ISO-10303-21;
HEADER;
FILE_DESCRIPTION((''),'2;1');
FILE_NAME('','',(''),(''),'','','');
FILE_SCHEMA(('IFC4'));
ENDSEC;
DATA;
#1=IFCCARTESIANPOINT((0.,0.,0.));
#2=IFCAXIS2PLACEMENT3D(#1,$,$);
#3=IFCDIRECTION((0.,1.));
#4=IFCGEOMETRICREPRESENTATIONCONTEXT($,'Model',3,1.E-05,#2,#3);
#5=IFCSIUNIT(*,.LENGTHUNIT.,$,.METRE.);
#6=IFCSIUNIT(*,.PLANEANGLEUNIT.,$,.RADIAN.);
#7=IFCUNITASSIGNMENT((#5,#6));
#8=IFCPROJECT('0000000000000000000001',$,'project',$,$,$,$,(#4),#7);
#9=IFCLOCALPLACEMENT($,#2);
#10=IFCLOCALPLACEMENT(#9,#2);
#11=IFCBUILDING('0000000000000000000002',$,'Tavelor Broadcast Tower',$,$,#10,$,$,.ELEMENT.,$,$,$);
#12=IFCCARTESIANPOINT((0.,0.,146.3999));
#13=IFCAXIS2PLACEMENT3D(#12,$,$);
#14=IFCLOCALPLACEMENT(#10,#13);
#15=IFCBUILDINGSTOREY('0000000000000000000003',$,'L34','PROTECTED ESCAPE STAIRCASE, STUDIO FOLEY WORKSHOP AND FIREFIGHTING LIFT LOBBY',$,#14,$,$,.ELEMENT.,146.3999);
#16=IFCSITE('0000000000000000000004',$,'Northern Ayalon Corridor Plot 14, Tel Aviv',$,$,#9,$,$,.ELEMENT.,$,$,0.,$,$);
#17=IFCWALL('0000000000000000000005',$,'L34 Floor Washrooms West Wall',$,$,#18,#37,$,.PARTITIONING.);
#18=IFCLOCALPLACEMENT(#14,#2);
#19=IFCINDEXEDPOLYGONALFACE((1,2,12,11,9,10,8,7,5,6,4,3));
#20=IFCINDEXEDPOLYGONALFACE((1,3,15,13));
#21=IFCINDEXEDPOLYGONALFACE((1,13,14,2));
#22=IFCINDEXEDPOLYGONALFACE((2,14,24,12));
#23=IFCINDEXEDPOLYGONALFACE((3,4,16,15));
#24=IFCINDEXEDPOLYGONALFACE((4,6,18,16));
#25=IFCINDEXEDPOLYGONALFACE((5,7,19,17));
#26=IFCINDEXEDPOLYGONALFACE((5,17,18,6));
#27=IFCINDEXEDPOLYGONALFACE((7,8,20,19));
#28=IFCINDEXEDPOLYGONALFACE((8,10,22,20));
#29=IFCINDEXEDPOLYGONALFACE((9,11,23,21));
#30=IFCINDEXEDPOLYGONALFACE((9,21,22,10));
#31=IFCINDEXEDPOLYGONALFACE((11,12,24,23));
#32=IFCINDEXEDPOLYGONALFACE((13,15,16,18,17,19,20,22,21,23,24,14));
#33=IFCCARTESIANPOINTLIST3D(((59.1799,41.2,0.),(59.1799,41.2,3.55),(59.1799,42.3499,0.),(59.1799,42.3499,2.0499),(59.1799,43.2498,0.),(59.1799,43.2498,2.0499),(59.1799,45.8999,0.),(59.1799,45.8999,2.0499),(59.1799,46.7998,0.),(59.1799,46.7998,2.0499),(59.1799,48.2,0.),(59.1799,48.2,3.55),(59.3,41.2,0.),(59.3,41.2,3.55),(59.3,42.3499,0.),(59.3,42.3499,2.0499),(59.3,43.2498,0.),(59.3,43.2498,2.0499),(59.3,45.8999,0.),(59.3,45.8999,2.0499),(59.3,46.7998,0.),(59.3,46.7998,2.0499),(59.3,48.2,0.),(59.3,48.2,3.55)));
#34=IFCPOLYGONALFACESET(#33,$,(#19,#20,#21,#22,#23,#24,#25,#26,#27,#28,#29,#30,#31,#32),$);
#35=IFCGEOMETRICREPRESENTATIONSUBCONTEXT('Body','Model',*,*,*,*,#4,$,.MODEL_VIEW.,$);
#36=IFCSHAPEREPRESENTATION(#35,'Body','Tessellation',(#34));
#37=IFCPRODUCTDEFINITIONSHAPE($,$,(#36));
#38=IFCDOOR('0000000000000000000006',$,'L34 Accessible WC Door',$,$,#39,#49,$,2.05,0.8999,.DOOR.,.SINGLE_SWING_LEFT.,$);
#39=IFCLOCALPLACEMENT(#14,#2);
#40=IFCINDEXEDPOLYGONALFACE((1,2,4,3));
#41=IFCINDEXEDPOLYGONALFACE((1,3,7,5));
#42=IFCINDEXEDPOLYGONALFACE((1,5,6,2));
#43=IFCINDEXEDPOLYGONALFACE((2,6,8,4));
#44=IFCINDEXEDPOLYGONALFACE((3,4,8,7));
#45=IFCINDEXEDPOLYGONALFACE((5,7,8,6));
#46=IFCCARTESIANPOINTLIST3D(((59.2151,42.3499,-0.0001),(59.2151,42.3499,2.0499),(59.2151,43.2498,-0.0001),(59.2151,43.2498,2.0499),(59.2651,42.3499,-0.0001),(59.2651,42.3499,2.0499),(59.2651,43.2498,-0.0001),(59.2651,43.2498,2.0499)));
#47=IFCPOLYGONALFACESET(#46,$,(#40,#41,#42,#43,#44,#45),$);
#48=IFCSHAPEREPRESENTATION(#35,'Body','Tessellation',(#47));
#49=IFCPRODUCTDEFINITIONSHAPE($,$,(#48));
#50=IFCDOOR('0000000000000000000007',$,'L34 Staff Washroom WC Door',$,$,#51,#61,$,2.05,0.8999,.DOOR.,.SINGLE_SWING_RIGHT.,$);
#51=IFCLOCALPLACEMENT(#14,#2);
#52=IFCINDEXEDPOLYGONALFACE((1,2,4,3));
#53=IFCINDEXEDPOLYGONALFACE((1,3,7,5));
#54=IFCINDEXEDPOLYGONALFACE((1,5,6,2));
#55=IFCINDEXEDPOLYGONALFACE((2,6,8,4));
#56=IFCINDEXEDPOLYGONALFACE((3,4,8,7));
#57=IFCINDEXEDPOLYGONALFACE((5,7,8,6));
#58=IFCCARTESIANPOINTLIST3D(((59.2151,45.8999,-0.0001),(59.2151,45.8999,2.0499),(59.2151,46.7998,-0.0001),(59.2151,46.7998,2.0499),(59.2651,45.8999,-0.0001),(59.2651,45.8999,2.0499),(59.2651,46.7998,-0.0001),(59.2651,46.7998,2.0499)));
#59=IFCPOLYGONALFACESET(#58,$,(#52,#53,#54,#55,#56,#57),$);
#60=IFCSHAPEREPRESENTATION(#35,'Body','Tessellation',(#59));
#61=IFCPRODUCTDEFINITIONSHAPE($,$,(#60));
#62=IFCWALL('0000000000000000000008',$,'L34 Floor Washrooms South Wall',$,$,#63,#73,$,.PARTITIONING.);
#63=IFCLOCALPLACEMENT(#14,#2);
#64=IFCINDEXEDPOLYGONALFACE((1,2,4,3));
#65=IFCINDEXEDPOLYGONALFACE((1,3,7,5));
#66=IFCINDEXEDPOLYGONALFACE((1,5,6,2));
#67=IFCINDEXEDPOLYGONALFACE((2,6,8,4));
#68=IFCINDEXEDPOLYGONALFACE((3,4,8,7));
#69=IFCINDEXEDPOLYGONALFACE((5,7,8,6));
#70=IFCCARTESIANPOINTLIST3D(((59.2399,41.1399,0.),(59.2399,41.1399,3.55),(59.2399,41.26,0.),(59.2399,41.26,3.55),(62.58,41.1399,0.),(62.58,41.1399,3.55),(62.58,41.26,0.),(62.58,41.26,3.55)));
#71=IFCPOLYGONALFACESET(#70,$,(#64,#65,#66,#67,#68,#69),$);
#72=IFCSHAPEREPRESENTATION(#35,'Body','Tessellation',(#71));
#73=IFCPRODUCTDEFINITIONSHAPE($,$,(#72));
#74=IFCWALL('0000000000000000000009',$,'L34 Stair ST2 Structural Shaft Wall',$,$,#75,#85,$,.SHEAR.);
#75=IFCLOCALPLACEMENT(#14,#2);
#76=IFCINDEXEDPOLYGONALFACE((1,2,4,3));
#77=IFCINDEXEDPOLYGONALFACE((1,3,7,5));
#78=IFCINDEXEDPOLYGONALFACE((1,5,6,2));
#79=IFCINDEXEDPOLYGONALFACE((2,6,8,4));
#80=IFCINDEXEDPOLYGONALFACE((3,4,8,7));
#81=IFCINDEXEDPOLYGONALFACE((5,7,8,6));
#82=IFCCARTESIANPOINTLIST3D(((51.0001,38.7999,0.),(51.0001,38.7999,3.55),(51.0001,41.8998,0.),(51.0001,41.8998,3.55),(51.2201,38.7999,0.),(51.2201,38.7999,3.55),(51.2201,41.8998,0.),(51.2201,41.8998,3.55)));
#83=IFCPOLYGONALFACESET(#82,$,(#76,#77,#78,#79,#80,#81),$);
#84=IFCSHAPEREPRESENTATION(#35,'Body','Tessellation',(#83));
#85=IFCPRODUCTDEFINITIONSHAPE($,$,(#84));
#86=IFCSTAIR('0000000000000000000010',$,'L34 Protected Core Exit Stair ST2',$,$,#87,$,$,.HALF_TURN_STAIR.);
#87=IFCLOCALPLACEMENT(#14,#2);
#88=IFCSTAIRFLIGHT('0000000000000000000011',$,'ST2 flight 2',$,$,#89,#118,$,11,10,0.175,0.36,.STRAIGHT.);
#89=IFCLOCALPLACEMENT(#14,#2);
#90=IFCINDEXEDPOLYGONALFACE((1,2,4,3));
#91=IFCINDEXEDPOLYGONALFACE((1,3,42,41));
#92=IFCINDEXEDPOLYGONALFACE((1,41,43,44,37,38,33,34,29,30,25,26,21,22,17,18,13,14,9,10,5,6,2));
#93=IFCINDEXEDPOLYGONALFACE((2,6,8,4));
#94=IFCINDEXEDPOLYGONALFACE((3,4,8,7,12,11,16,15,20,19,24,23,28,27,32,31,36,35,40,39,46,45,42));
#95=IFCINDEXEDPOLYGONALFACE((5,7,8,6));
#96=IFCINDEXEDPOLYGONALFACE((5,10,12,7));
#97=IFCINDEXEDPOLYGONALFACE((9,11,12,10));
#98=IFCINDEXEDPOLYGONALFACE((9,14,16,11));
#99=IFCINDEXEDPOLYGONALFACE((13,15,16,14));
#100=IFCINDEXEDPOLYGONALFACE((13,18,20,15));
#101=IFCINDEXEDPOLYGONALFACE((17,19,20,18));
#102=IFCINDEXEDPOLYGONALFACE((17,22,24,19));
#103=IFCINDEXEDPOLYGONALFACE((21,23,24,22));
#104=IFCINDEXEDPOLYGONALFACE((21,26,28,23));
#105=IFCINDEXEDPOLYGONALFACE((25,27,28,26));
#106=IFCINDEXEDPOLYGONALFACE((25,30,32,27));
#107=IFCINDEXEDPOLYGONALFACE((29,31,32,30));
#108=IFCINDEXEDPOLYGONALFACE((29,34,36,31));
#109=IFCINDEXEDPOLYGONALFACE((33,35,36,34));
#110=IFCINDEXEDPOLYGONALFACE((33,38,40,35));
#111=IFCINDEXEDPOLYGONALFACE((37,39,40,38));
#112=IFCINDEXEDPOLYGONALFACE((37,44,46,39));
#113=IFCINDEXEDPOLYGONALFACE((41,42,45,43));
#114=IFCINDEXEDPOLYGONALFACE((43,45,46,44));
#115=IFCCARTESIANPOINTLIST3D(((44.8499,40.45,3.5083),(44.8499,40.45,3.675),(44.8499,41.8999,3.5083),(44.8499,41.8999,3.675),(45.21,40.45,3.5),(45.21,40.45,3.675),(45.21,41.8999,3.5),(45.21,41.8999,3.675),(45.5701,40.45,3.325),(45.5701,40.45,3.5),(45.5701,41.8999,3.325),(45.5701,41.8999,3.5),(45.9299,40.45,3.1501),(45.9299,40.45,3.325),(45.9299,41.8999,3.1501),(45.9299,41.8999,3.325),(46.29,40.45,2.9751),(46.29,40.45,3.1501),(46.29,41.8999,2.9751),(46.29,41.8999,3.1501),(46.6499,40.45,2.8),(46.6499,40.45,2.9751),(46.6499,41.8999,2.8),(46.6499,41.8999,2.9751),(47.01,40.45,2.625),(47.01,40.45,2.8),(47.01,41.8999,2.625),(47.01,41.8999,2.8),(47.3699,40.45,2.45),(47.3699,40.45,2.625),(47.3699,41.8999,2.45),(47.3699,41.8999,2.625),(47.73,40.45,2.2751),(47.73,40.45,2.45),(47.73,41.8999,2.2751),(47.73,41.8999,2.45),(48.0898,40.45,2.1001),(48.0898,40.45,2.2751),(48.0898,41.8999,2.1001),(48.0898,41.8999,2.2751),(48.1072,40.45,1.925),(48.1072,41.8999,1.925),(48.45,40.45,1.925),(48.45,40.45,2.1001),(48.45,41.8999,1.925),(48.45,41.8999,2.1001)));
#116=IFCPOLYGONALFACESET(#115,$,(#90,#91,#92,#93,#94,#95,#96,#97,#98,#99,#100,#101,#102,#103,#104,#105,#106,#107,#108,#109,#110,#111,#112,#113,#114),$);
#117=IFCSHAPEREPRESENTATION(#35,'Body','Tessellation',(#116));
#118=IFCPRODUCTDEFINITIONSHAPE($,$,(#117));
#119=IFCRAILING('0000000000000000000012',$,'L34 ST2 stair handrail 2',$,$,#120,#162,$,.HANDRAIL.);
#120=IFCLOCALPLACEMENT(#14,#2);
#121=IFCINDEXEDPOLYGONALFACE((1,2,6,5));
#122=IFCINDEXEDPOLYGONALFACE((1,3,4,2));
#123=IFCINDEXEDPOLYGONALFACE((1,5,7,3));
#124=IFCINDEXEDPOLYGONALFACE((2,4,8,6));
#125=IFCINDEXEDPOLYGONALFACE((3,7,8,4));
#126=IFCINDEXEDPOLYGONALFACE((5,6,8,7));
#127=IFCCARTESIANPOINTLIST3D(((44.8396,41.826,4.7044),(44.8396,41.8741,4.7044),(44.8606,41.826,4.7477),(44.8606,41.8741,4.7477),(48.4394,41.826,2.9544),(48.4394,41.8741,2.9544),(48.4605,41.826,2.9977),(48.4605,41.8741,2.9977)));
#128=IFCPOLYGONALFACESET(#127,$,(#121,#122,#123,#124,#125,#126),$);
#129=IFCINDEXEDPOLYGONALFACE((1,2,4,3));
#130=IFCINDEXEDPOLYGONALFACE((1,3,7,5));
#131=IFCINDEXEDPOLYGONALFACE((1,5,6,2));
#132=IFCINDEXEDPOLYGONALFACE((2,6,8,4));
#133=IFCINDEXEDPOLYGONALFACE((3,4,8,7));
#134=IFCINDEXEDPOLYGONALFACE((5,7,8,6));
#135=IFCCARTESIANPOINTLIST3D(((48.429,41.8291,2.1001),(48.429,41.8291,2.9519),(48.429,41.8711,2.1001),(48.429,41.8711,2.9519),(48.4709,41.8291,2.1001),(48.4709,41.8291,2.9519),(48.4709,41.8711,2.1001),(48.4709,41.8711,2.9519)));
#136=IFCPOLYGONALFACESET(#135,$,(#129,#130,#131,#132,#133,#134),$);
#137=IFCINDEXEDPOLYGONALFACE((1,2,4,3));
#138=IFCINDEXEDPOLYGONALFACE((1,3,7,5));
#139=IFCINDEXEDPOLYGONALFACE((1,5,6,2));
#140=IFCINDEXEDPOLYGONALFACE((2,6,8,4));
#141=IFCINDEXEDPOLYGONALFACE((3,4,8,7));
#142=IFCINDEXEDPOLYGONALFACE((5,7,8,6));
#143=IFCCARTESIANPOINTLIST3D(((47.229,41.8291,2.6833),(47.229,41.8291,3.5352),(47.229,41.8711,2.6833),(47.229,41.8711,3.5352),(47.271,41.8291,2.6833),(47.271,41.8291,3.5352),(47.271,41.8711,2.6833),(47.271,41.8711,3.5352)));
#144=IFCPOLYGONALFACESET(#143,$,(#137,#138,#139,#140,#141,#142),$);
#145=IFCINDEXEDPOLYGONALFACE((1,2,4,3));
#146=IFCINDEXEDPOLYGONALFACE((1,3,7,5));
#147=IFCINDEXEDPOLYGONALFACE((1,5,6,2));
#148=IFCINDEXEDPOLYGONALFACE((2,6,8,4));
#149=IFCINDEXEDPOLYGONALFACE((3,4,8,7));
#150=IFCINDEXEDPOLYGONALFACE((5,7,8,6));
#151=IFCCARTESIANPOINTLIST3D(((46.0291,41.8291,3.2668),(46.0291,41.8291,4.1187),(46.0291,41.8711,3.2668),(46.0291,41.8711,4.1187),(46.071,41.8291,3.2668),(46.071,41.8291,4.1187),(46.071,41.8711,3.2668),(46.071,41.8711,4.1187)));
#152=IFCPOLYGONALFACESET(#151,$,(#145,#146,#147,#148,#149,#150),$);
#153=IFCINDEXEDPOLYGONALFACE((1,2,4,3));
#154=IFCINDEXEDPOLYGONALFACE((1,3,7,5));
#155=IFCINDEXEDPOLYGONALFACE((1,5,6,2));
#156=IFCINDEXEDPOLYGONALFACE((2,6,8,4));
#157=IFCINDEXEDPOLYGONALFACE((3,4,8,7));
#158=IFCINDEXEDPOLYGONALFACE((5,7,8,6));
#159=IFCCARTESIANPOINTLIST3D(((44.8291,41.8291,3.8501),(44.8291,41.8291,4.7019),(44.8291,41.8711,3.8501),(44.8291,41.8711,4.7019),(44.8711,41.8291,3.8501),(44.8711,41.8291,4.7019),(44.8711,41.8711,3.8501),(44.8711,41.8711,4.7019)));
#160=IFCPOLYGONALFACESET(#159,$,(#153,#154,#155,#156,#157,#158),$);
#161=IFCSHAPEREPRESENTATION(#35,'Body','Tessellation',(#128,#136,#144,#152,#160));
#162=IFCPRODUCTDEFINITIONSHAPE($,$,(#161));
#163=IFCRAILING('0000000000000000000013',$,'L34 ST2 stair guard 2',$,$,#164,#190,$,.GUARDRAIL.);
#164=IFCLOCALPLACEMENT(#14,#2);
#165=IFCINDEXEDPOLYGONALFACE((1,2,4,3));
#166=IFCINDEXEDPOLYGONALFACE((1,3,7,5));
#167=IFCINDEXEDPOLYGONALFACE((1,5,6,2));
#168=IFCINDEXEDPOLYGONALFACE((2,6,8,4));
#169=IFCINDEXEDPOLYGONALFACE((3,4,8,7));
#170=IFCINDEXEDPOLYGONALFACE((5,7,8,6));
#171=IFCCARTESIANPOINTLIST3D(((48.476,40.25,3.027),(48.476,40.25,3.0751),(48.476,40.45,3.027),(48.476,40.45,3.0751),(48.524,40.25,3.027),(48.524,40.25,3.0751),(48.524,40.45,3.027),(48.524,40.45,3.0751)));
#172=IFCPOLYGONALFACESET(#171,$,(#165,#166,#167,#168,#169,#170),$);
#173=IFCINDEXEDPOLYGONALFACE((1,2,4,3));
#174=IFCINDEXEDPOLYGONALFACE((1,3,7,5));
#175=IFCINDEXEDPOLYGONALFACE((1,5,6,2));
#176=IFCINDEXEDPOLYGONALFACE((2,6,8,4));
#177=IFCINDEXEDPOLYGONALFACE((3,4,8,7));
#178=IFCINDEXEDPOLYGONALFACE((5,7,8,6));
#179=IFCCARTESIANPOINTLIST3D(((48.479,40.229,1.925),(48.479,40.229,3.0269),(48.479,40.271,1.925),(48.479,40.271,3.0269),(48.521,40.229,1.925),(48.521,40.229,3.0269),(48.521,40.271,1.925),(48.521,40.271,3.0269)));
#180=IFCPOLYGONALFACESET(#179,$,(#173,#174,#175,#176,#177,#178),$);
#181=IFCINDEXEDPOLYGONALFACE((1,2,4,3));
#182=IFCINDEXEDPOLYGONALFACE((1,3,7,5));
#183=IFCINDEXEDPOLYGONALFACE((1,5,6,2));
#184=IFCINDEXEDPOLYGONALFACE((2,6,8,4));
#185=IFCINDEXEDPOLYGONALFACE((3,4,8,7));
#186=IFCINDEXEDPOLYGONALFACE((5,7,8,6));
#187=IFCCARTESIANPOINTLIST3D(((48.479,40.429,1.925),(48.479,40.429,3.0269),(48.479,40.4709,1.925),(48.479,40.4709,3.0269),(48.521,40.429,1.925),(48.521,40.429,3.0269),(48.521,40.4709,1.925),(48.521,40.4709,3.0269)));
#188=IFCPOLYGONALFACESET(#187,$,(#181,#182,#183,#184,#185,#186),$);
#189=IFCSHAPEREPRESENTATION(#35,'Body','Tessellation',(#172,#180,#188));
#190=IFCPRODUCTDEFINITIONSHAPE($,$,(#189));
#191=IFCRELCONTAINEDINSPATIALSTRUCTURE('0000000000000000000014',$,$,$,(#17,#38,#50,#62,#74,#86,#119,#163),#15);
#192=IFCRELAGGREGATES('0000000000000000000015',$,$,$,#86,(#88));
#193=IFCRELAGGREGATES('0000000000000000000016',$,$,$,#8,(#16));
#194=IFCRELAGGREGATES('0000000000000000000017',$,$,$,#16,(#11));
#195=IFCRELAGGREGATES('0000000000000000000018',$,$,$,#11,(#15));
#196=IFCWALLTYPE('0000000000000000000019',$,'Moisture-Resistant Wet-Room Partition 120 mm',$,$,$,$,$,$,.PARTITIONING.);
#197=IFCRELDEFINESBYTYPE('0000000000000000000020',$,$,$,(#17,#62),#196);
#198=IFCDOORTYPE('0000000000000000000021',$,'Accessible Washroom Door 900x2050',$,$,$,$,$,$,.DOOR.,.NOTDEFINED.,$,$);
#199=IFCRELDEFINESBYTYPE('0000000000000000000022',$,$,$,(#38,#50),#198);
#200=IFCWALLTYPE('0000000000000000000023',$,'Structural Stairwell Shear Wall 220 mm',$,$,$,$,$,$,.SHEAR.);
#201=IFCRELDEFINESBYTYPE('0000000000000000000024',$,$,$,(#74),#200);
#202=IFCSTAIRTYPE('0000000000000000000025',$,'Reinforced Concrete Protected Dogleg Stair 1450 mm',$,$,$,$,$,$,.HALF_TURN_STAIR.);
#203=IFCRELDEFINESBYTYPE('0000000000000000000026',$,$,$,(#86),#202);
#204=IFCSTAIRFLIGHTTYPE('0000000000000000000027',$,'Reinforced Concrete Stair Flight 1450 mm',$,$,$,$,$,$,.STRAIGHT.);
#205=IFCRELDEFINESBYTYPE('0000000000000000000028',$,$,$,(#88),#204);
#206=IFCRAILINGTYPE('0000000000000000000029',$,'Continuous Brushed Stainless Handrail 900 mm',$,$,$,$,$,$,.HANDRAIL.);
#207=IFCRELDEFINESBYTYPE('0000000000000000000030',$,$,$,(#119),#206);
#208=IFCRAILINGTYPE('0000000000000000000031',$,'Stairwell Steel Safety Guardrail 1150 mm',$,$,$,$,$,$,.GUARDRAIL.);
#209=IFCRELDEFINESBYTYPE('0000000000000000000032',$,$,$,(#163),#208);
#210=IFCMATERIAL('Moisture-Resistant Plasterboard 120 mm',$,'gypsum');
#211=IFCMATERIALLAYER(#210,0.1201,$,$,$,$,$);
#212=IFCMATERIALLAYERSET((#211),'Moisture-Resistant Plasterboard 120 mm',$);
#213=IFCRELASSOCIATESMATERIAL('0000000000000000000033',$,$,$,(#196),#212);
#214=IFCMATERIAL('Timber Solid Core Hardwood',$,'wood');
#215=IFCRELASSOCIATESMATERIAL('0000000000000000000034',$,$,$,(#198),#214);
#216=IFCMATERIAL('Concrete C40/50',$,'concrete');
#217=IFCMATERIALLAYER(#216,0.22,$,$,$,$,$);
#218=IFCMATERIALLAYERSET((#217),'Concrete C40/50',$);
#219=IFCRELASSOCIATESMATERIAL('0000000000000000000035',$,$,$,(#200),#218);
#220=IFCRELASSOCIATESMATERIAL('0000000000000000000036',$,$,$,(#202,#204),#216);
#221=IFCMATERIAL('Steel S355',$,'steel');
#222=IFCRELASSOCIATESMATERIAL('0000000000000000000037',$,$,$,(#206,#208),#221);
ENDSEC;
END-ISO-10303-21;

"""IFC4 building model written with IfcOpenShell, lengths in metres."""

from ifc_helpers import new_model, si_unit, direction, frame, frame_2d, origin, origin_2d, place, context, subcontext, project, spatial, polyline, rectangle, outline, extrude, material, layer, layer_set, type_object, element, fill, aggregate, save


model = new_model("IFC4")

# Units and contexts
model_context = context("Model", 3, precision=1e-05, world=origin(), true_north=direction((0.0, 1.0)))
body_context = subcontext(model_context, "Body", "Model", "MODEL_VIEW")
ifc_project = project(units=[si_unit("LENGTHUNIT", "METRE"), si_unit("PLANEANGLEUNIT", "RADIAN")], contexts=[model_context])

# Site, building, storey
site_placement = place(None, origin())
site = spatial("IfcSite", under=ifc_project, at=site_placement, Name="Northern Ayalon Corridor Plot 14, Tel Aviv", CompositionType="ELEMENT", RefElevation=0.0)
building_placement = place(site_placement, origin())
building = spatial("IfcBuilding", under=site, at=building_placement, Name="Tavelor Broadcast Tower", CompositionType="ELEMENT")
storey_placement = place(building_placement, frame((0.0, 0.0, 146.3999)))
storey = spatial("IfcBuildingStorey", under=building, at=storey_placement, Name="L34", Description="PROTECTED ESCAPE STAIRCASE, STUDIO FOLEY WORKSHOP AND FIREFIGHTING LIFT LOBBY", CompositionType="ELEMENT", Elevation=146.3999)

# Shared definitions
ifc_material_1 = material(Name="Concrete C40/50", Category="concrete")
ifc_material_2 = material(Name="Steel S355", Category="steel")

# Shared definitions
ifc_material_3 = material(Name="Timber Solid Core Hardwood", Category="wood")

# Wall, openings, doors
ifc_material_4 = material(Name="Moisture-Resistant Plasterboard 120 mm", Category="gypsum")
ifc_layer_1 = layer(ifc_material_4, 0.1201)
ifc_layer_set_1 = layer_set([ifc_layer_1], Name="Moisture-Resistant Plasterboard 120 mm")
wall_type_1 = type_object("IfcWallType", Name="Moisture-Resistant Wet-Room Partition 120 mm", PredefinedType="PARTITIONING", material=ifc_layer_set_1)
wall_1_placement = place(storey_placement, frame((59.24, 41.2, 0.0), z_axis=(0.0, 0.0, 1.0), x_axis=(0.0, 1.0, 0.0)))
wall_1 = element("IfcWall", 1, at=wall_1_placement, inside=storey, type_object=wall_type_1, Name="L34 Floor Washrooms West Wall", PredefinedType="PARTITIONING", context=body_context, shape_type="SweptSolid", body=[
    extrude(rectangle(XDim=7.0, YDim=0.1201, at=frame_2d((3.5, 0.0))), origin(), (0.0, 0.0, 1.0), 3.55),
])
opening_1_placement = place(wall_1_placement, frame((1.1499, 0.0, 0.0)))
opening_1 = element("IfcOpeningElement", 2, at=opening_1_placement, cuts=wall_1, PredefinedType="OPENING", context=body_context, shape_type="SweptSolid", body=[
    extrude(rectangle(XDim=0.8999, YDim=2.05, at=frame_2d((0.45, 1.0249))), frame((0.0, 0.0701, 0.0), z_axis=(0.0, -1.0, 0.0), x_axis=(1.0, 0.0, 0.0)), (0.0, 0.0, 1.0), 0.1401),
])
opening_2_placement = place(wall_1_placement, frame((4.7, 0.0, 0.0)))
opening_2 = element("IfcOpeningElement", 3, at=opening_2_placement, cuts=wall_1, PredefinedType="OPENING", context=body_context, shape_type="SweptSolid", body=[
    extrude(rectangle(XDim=0.8999, YDim=2.05, at=frame_2d((0.45, 1.0249))), frame((0.0, 0.0701, 0.0), z_axis=(0.0, -1.0, 0.0), x_axis=(1.0, 0.0, 0.0)), (0.0, 0.0, 1.0), 0.1401),
])
door_type_1 = type_object("IfcDoorType", Name="Accessible Washroom Door 900x2050", OperationType="NOTDEFINED", PredefinedType="DOOR", material=ifc_material_3)
door_1_placement = place(opening_1_placement, origin())
door_1 = element("IfcDoor", 4, at=door_1_placement, inside=storey, type_object=door_type_1, Name="L34 Accessible WC Door", OperationType="SINGLE_SWING_LEFT", OverallHeight=2.05, OverallWidth=0.8999, PredefinedType="DOOR", context=body_context, shape_type="SweptSolid", body=[
    extrude(rectangle(XDim=0.8999, YDim=2.05, at=frame_2d((0.45, 1.0249))), frame((0.0, 0.0249, 0.0), z_axis=(0.0, -1.0, 0.0), x_axis=(1.0, 0.0, 0.0)), (0.0, 0.0, 1.0), 0.05),
])
fill(opening_1, door_1)
door_2_placement = place(opening_2_placement, origin())
door_2 = element("IfcDoor", 5, at=door_2_placement, inside=storey, type_object=door_type_1, Name="L34 Staff Washroom WC Door", OperationType="SINGLE_SWING_RIGHT", OverallHeight=2.05, OverallWidth=0.8999, PredefinedType="DOOR", context=body_context, shape_type="SweptSolid", body=[
    extrude(rectangle(XDim=0.8999, YDim=2.05, at=frame_2d((0.45, 1.0249))), frame((0.0, 0.0249, 0.0), z_axis=(0.0, -1.0, 0.0), x_axis=(1.0, 0.0, 0.0)), (0.0, 0.0, 1.0), 0.05),
])
fill(opening_2, door_2)

# Walls
wall_2_placement = place(storey_placement, frame((59.24, 41.2, 0.0), z_axis=(0.0, 0.0, 1.0), x_axis=(1.0, 0.0, 0.0)))
element("IfcWall", 6, at=wall_2_placement, inside=storey, type_object=wall_type_1, Name="L34 Floor Washrooms South Wall", PredefinedType="PARTITIONING", context=body_context, shape_type="SweptSolid", body=[
    extrude(rectangle(XDim=3.3401, YDim=0.1201, at=frame_2d((1.6699, 0.0))), origin(), (0.0, 0.0, 1.0), 3.55),
])
ifc_layer_2 = layer(ifc_material_1, 0.22)
ifc_layer_set_2 = layer_set([ifc_layer_2], Name="Concrete C40/50")
wall_type_2 = type_object("IfcWallType", Name="Structural Stairwell Shear Wall 220 mm", PredefinedType="SHEAR", material=ifc_layer_set_2)
wall_3_placement = place(storey_placement, frame((51.1101, 38.8, 0.0), z_axis=(0.0, 0.0, 1.0), x_axis=(0.0, 1.0, 0.0)))
element("IfcWall", 7, at=wall_3_placement, inside=storey, type_object=wall_type_2, Name="L34 Stair ST2 Structural Shaft Wall", PredefinedType="SHEAR", context=body_context, shape_type="SweptSolid", body=[
    extrude(rectangle(XDim=3.0999, YDim=0.22, at=frame_2d((1.5498, 0.0))), origin(), (0.0, 0.0, 1.0), 3.55),
])

# Stair, stair flight
stair_type = type_object("IfcStairType", Name="Reinforced Concrete Protected Dogleg Stair 1450 mm", PredefinedType="HALF_TURN_STAIR", material=ifc_material_1)
stair_placement = place(storey_placement, origin())
stair = element("IfcStair", 8, at=stair_placement, inside=storey, type_object=stair_type, Name="L34 Protected Core Exit Stair ST2", PredefinedType="HALF_TURN_STAIR")
stair_flight_type = type_object("IfcStairFlightType", Name="Reinforced Concrete Stair Flight 1450 mm", PredefinedType="STRAIGHT", material=ifc_material_1)
stair_flight_placement = place(storey_placement, frame((48.45, 41.175, 1.925), z_axis=(0.0, 0.0, 1.0), x_axis=(-1.0, 0.0, 0.0)))
stair_flight = element("IfcStairFlight", 9, at=stair_flight_placement, type_object=stair_flight_type, Name="ST2 flight 2", NumberOfRisers=11, NumberOfTreads=10, PredefinedType="STRAIGHT", RiserHeight=0.175, TreadLength=0.36, context=body_context, shape_type="SweptSolid", body=[
    extrude(outline(polyline([(0.0, 0.0), (0.0, 0.175), (0.3601, 0.175), (0.3601, 0.3501), (0.72, 0.3501), (0.72, 0.5249), (1.0801, 0.5249), (1.0801, 0.7), (1.4399, 0.7), (1.4399, 0.875), (1.8, 0.875), (1.8, 1.05), (2.1599, 1.05), (2.1599, 1.2251), (2.52, 1.2251), (2.52, 1.3999), (2.8799, 1.3999), (2.8799, 1.575), (3.24, 1.575), (3.24, 1.75), (3.6001, 1.75), (3.6001, 1.925), (3.6001, 1.5833), (0.3428, 0.0), (0.0, 0.0)])), frame((0.0, 0.7251, 0.0), z_axis=(0.0, -1.0, 0.0), x_axis=(1.0, 0.0, 0.0)), (0.0, 0.0, 1.0), 1.45),
])
aggregate(stair, [stair_flight])

# Railings
railing_type_1 = type_object("IfcRailingType", Name="Continuous Brushed Stainless Handrail 900 mm", PredefinedType="HANDRAIL", material=ifc_material_2)
railing_1_placement = place(storey_placement, frame((48.45, 41.8501, 2.1001)))
element("IfcRailing", 10, at=railing_1_placement, inside=storey, type_object=railing_type_1, Name="L34 ST2 stair handrail 2", PredefinedType="HANDRAIL", context=body_context, shape_type="SweptSolid", body=[
    extrude(rectangle(XDim=0.0481, YDim=0.0481, at=origin_2d()), frame((0.0, 0.0, 0.876), z_axis=(-0.899361, 0.0, 0.437207), x_axis=(0.0, -1.0, 0.0)), (0.0, 0.0, 1.0), 4.0027),
    extrude(rectangle(XDim=0.042, YDim=0.042, at=origin_2d()), origin(), (0.0, 0.0, 1.0), 0.8518),
    extrude(rectangle(XDim=0.042, YDim=0.042, at=origin_2d()), frame((-1.2, 0.0, 0.5833)), (0.0, 0.0, 1.0), 0.8518),
    extrude(rectangle(XDim=0.042, YDim=0.042, at=origin_2d()), frame((-2.3999, 0.0, 1.1667)), (0.0, 0.0, 1.0), 0.8518),
    extrude(rectangle(XDim=0.042, YDim=0.042, at=origin_2d()), frame((-3.5999, 0.0, 1.75)), (0.0, 0.0, 1.0), 0.8518),
])
railing_type_2 = type_object("IfcRailingType", Name="Stairwell Steel Safety Guardrail 1150 mm", PredefinedType="GUARDRAIL", material=ifc_material_2)
railing_2_placement = place(storey_placement, frame((48.5, 40.25, 1.925)))
element("IfcRailing", 11, at=railing_2_placement, inside=storey, type_object=railing_type_2, Name="L34 ST2 stair guard 2", PredefinedType="GUARDRAIL", context=body_context, shape_type="SweptSolid", body=[
    extrude(rectangle(XDim=0.0481, YDim=0.0481, at=origin_2d()), frame((0.0, 0.0, 1.126), z_axis=(0.0, 1.0, 0.0), x_axis=(-1.0, 0.0, 0.0)), (0.0, 0.0, 1.0), 0.2),
    extrude(rectangle(XDim=0.042, YDim=0.042, at=origin_2d()), origin(), (0.0, 0.0, 1.0), 1.1018),
    extrude(rectangle(XDim=0.042, YDim=0.042, at=origin_2d()), frame((0.0, 0.2, 0.0)), (0.0, 0.0, 1.0), 1.1018),
])

save(model, "model.ifc")
